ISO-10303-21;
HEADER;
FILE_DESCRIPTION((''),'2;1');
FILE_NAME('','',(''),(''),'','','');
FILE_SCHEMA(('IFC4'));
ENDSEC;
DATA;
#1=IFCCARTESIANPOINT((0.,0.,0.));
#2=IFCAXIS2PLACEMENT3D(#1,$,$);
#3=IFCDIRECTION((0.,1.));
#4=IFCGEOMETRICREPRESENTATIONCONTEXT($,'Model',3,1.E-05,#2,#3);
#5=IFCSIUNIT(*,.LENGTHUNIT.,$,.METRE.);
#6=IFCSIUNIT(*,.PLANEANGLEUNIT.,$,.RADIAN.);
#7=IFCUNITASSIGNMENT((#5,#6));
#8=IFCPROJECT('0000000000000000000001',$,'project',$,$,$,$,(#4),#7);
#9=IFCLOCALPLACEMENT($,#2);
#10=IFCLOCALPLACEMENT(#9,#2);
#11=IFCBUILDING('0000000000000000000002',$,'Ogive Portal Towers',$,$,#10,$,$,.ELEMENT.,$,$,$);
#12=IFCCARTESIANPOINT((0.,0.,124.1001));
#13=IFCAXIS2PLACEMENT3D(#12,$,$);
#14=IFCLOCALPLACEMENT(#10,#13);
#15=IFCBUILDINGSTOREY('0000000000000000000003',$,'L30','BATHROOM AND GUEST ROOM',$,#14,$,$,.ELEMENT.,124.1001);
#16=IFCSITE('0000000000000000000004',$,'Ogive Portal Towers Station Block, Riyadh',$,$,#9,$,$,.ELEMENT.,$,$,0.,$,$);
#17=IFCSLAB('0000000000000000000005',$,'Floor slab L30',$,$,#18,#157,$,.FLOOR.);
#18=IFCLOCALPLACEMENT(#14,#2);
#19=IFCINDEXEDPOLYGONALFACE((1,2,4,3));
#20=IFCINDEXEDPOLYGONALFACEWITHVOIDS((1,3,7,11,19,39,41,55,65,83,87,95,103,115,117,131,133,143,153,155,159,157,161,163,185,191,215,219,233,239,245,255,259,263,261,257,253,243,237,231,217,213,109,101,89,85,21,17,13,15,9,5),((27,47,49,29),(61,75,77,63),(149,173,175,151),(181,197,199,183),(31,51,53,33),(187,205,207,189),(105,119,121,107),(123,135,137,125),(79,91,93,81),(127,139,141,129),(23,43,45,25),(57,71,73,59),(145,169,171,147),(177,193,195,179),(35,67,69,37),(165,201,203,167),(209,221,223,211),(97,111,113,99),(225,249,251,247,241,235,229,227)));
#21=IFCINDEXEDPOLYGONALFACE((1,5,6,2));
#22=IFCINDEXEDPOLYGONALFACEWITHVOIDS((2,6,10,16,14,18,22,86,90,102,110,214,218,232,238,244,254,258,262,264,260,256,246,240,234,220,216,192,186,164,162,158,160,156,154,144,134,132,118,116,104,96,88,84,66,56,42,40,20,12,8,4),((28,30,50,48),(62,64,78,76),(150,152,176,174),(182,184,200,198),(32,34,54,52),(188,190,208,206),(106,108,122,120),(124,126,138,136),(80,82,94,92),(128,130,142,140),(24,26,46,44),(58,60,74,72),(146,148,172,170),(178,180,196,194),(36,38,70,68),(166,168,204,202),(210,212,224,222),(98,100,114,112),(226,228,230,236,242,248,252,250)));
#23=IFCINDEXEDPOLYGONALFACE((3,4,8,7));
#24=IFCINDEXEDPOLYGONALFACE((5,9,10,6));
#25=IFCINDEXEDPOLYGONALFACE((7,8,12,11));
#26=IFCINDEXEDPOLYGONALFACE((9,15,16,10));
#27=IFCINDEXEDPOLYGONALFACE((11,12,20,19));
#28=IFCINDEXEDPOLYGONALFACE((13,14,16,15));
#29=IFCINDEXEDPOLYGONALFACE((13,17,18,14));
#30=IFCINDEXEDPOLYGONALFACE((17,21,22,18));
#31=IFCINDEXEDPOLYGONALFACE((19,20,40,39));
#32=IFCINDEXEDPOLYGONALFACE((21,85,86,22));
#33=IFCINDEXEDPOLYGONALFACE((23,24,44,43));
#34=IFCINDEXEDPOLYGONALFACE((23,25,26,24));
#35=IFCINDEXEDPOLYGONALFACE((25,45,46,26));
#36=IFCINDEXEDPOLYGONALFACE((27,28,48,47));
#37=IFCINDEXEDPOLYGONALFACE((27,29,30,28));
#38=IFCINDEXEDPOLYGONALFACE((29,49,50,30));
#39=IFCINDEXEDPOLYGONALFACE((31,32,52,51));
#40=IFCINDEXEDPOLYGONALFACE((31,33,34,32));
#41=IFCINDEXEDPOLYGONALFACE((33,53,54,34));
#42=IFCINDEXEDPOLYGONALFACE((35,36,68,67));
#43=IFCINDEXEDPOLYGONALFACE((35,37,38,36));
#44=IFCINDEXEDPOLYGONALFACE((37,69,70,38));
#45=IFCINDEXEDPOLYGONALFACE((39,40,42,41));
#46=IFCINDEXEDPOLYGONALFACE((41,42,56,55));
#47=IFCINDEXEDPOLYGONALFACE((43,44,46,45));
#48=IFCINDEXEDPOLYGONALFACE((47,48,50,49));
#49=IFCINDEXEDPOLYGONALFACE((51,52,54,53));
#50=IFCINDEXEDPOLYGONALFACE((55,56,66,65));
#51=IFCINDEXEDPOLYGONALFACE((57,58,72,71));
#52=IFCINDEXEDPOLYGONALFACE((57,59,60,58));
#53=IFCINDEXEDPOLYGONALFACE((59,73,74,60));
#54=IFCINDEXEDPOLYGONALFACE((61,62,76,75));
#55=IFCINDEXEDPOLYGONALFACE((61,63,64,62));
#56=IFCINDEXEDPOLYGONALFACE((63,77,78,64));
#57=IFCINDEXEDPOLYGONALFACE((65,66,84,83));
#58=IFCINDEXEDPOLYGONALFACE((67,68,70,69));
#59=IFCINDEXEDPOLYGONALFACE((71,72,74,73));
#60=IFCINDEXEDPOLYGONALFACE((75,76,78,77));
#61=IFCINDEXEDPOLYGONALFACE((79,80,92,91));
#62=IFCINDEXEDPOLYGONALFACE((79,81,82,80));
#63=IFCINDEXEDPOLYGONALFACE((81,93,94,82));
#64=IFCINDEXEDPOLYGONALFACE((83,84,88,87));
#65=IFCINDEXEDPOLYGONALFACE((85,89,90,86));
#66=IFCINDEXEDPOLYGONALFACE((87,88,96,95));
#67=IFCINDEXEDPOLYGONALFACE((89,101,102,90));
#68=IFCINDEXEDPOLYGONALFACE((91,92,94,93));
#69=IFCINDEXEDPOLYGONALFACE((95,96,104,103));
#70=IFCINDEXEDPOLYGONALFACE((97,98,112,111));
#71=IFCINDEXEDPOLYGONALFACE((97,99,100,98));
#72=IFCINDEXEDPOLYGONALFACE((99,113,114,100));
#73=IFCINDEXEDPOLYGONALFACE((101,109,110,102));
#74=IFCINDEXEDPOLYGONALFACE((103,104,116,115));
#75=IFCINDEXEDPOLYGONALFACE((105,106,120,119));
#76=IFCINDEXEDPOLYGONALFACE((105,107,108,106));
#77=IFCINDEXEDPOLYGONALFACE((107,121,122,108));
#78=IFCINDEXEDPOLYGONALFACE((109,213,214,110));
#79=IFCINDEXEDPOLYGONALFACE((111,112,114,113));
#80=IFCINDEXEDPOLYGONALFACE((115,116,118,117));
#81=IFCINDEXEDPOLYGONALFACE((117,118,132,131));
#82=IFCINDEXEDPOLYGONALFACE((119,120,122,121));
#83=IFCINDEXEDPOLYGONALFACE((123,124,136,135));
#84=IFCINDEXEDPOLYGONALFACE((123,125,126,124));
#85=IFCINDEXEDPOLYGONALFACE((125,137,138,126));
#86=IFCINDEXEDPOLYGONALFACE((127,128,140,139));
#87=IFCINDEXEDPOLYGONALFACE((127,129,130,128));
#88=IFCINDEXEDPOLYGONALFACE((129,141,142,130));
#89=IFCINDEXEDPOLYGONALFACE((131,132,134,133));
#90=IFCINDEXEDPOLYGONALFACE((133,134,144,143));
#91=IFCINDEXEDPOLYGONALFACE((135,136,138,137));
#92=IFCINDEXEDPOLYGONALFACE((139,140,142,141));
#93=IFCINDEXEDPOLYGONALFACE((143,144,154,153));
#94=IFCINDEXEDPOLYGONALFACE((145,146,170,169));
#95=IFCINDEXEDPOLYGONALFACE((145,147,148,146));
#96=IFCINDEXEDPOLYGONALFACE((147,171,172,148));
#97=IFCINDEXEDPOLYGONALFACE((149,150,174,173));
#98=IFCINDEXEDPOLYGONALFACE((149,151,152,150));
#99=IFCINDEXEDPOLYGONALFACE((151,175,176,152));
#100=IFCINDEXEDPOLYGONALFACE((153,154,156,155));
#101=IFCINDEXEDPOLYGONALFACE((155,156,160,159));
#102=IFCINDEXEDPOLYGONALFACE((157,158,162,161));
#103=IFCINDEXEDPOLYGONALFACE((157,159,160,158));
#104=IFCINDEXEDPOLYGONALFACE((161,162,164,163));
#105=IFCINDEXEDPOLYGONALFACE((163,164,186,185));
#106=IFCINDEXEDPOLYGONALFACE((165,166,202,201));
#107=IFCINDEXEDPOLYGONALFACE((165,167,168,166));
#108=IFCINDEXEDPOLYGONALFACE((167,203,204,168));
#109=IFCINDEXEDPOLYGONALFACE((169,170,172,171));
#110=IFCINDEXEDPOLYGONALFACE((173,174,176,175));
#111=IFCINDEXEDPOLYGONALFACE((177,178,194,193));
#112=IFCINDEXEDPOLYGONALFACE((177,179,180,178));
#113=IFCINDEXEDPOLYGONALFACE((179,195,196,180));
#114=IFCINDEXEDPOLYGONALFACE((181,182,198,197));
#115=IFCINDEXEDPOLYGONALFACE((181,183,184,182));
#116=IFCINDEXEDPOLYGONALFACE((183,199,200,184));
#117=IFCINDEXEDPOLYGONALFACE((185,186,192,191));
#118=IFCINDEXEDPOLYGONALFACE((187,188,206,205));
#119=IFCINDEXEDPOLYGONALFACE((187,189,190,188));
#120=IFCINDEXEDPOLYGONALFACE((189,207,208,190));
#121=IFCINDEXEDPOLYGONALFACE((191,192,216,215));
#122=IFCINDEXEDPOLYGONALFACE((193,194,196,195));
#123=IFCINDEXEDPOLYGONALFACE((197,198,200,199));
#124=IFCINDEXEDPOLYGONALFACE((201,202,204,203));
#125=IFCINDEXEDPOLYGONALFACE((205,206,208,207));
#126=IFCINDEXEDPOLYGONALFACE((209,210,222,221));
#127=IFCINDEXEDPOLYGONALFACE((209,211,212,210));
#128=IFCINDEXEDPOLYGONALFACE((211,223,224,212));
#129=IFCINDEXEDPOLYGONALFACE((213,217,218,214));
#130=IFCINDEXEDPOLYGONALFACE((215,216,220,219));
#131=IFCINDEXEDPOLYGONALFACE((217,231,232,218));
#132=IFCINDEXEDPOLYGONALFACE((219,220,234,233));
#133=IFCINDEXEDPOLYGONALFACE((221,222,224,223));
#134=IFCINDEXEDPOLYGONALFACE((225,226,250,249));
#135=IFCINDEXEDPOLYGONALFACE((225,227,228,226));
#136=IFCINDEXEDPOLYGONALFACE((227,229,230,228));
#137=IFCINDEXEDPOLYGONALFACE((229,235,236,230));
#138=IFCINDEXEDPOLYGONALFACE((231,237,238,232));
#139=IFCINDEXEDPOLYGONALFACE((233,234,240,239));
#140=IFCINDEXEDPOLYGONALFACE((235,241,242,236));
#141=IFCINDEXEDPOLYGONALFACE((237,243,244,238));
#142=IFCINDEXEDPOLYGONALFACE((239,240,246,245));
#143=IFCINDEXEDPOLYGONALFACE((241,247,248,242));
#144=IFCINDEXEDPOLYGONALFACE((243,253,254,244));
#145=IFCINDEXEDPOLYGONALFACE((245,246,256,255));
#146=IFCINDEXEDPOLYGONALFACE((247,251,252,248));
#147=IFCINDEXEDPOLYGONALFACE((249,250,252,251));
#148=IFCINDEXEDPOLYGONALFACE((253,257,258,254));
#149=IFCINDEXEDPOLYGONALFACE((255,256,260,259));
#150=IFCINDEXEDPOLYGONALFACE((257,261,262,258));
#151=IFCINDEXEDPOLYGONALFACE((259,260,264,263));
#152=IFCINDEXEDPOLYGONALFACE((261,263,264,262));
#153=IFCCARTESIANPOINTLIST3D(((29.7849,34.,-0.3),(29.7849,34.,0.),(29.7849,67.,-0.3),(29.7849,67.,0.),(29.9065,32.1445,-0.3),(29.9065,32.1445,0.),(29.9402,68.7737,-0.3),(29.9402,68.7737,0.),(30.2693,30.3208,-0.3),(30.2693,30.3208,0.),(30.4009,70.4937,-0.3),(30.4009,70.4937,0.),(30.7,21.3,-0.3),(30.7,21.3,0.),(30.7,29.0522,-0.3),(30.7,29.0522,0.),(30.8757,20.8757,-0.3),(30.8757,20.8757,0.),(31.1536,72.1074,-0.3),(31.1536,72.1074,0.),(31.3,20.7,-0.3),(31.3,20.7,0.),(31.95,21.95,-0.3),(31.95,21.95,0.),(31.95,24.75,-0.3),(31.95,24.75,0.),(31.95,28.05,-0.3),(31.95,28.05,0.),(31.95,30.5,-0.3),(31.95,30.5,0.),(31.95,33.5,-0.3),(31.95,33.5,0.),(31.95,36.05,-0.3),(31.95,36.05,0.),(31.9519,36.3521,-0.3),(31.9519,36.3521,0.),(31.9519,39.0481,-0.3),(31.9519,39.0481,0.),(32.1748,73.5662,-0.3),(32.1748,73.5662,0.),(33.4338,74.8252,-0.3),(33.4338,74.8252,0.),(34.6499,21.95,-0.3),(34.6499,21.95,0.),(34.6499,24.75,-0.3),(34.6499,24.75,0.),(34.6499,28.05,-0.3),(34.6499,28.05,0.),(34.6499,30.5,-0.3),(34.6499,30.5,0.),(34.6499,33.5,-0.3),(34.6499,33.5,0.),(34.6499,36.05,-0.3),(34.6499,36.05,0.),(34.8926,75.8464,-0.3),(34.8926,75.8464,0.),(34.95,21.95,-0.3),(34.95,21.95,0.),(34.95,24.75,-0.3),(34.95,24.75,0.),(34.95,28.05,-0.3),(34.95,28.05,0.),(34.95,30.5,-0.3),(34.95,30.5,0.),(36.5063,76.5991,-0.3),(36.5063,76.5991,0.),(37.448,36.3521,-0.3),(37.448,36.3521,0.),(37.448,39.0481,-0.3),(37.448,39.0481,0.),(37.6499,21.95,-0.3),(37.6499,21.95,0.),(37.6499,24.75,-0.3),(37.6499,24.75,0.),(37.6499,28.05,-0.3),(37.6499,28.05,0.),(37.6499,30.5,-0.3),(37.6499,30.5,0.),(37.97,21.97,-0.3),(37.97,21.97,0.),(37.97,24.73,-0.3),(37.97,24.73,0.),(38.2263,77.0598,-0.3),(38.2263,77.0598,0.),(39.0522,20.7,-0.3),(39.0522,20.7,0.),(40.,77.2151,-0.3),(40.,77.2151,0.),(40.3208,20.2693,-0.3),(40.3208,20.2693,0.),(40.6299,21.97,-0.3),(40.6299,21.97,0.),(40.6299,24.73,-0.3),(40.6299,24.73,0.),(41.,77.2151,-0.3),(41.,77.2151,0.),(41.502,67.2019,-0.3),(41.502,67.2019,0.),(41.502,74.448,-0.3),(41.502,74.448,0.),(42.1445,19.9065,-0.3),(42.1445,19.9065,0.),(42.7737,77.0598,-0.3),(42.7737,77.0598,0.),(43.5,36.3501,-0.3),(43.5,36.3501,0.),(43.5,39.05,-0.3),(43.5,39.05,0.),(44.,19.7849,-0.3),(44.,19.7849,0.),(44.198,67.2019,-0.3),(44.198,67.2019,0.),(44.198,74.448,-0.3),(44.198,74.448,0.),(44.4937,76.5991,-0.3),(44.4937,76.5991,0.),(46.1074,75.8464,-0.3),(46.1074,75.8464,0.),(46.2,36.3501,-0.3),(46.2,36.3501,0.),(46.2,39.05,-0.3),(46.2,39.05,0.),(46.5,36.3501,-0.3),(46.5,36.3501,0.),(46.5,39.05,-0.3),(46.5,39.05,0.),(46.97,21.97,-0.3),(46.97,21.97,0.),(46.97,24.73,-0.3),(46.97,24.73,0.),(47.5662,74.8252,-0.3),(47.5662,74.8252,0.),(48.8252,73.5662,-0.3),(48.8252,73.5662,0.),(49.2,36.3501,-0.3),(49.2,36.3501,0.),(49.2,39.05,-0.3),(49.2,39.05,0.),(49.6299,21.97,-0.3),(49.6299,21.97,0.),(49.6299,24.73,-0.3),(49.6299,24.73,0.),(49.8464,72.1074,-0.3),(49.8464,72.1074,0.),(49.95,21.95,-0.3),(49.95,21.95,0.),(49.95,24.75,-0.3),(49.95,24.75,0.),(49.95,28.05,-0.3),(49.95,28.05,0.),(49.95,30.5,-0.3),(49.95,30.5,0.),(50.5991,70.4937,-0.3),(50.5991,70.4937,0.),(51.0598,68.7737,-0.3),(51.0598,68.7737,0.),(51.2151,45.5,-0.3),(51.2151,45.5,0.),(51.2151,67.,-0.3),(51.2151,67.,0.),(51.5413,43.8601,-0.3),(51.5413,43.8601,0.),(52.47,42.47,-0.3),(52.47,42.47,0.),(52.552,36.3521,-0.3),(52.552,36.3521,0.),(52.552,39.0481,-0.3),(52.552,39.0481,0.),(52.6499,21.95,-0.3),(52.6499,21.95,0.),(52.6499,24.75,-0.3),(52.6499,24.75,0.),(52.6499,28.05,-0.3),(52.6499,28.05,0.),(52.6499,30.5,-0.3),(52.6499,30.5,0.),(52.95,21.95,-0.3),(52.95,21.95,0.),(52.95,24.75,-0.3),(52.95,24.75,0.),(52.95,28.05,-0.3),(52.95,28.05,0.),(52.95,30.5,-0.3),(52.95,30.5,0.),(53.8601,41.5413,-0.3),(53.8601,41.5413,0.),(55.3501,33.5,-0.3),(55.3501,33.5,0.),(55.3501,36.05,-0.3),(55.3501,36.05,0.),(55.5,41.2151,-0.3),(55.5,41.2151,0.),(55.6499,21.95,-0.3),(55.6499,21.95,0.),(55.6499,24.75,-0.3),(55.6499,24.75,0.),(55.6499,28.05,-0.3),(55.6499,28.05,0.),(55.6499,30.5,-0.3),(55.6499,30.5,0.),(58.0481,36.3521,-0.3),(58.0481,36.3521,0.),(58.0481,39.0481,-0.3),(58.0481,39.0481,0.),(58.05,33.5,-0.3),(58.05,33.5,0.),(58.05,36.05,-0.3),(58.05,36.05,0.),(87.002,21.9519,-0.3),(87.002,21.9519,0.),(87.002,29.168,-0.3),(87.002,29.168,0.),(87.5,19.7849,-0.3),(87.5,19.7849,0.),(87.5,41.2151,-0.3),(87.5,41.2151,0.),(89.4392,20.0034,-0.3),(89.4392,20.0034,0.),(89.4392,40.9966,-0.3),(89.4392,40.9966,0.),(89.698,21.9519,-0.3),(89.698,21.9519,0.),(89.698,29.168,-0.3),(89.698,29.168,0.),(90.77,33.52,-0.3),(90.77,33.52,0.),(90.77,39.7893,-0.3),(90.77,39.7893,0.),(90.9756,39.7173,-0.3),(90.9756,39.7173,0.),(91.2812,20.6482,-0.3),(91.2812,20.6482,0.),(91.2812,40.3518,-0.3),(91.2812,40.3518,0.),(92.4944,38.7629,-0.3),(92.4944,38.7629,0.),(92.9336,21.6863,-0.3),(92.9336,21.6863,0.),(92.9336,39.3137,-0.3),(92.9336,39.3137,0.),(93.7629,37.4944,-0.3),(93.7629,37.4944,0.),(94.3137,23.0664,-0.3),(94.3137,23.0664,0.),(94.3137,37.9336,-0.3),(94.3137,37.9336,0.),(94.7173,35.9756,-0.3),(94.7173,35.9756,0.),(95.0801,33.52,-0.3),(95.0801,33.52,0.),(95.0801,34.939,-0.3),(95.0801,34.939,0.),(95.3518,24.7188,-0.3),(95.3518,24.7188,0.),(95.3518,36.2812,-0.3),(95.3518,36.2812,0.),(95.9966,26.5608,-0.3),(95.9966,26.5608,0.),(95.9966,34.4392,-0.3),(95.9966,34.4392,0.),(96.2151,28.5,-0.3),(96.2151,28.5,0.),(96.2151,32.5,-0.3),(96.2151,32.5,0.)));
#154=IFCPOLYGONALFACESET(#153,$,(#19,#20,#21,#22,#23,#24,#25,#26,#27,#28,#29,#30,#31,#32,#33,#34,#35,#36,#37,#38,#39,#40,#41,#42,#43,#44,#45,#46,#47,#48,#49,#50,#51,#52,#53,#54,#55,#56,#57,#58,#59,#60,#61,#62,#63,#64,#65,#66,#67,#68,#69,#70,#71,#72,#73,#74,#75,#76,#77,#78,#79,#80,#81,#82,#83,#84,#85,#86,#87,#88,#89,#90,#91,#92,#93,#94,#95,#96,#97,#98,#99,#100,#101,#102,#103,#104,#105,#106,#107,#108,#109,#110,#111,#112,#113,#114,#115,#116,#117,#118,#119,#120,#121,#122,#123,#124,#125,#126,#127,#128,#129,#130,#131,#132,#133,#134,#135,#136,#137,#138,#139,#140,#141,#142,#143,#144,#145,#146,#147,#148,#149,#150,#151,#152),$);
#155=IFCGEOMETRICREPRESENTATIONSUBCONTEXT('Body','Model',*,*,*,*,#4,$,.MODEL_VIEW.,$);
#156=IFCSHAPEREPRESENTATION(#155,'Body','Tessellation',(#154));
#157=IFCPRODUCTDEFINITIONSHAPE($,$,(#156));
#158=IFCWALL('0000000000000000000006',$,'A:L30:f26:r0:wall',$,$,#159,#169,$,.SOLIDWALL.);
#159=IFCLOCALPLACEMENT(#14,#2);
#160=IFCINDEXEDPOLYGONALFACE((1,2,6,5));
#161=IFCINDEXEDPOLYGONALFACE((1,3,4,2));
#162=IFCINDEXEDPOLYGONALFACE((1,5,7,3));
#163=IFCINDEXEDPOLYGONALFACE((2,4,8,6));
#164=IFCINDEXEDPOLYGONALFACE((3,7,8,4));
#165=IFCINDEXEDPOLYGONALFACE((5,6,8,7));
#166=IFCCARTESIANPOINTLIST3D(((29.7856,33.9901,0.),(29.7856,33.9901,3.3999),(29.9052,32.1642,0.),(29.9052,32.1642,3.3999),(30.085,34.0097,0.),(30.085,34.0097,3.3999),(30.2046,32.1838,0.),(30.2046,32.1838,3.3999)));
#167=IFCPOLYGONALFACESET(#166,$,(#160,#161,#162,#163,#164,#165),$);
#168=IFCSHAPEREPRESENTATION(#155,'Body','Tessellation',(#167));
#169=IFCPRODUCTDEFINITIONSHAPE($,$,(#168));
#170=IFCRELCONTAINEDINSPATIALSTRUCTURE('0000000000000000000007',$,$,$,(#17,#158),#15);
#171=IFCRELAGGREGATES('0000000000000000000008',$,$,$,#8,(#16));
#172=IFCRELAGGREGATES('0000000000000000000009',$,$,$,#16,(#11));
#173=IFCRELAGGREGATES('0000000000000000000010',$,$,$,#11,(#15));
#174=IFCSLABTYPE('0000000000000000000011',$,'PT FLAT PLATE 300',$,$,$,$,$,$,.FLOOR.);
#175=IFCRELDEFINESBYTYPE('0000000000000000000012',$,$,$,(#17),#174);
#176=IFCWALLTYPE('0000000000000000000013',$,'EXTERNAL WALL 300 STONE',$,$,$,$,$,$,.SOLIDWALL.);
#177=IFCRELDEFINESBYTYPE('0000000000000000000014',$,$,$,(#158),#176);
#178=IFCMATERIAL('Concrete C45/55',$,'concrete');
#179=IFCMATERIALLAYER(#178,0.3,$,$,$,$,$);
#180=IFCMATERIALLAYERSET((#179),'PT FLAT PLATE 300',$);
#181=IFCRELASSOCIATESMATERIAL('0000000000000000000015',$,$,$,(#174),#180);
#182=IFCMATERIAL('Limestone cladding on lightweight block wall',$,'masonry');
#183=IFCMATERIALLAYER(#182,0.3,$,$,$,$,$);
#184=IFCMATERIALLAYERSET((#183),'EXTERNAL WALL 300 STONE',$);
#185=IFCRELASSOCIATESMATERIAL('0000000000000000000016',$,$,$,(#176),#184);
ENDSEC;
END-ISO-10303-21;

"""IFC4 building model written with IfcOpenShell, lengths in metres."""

from ifc_helpers import new_model, si_unit, direction, frame, frame_2d, origin, place, context, subcontext, project, spatial, polyline, rectangle, outline, extrude, material, layer, layer_set, type_object, element, save


model = new_model("IFC4")

# Units and contexts
model_context = context("Model", 3, precision=1e-05, world=origin(), true_north=direction((0.0, 1.0)))
body_context = subcontext(model_context, "Body", "Model", "MODEL_VIEW")
ifc_project = project(units=[si_unit("LENGTHUNIT", "METRE"), si_unit("PLANEANGLEUNIT", "RADIAN")], contexts=[model_context])

# Site, building, storey
site_placement = place(None, origin())
site = spatial("IfcSite", under=ifc_project, at=site_placement, Name="Ogive Portal Towers Station Block, Riyadh", CompositionType="ELEMENT", RefElevation=0.0)
building_placement = place(site_placement, origin())
building = spatial("IfcBuilding", under=site, at=building_placement, Name="Ogive Portal Towers", CompositionType="ELEMENT")
storey_placement = place(building_placement, frame((0.0, 0.0, 124.1001)))
storey = spatial("IfcBuildingStorey", under=building, at=storey_placement, Name="L30", Description="BATHROOM AND GUEST ROOM", CompositionType="ELEMENT", Elevation=124.1001)

# Slab
ifc_material_1 = material(Name="Concrete C45/55", Category="concrete")
ifc_layer_1 = layer(ifc_material_1, 0.3)
ifc_layer_set_1 = layer_set([ifc_layer_1], Name="PT FLAT PLATE 300")
slab_type_1 = type_object("IfcSlabType", Name="PT FLAT PLATE 300", PredefinedType="FLOOR", material=ifc_layer_set_1)
slab_1_placement = place(storey_placement, frame((0.0, 0.0, -0.3)))
element("IfcSlab", 1, at=slab_1_placement, inside=storey, type_object=slab_type_1, Name="Floor slab L30", PredefinedType="FLOOR", context=body_context, shape_type="SweptSolid", body=[
    extrude(outline(polyline([(29.9065, 32.1445), (30.2693, 30.3208), (30.7, 29.0522), (30.7, 21.3), (30.8757, 20.8757), (31.3, 20.7), (39.0522, 20.7), (40.3208, 20.2693), (42.1445, 19.9065), (44.0, 19.7849), (87.5, 19.7849), (89.4392, 20.0034), (91.2812, 20.6482), (92.9336, 21.6863), (94.3137, 23.0664), (95.3518, 24.7188), (95.9966, 26.5608), (96.2151, 28.5), (96.2151, 32.5), (95.9966, 34.4392), (95.3518, 36.2812), (94.3137, 37.9336), (92.9336, 39.3137), (91.2812, 40.3518), (89.4392, 40.9966), (87.5, 41.2151), (55.5, 41.2151), (53.8601, 41.5413), (52.47, 42.47), (51.5413, 43.8601), (51.2151, 45.5), (51.2151, 67.0), (51.0598, 68.7737), (50.5991, 70.4937), (49.8464, 72.1074), (48.8252, 73.5662), (47.5662, 74.8252), (46.1074, 75.8464), (44.4937, 76.5991), (42.7737, 77.0598), (41.0, 77.2151), (40.0, 77.2151), (38.2263, 77.0598), (36.5063, 76.5991), (34.8926, 75.8464), (33.4338, 74.8252), (32.1748, 73.5662), (31.1536, 72.1074), (30.4009, 70.4937), (29.9402, 68.7737), (29.7849, 67.0), (29.7849, 34.0), (29.9065, 32.1445)]), holes=[polyline([(34.6499, 24.75), (34.6499, 21.95), (31.95, 21.95), (31.95, 24.75), (34.6499, 24.75)]), polyline([(37.6499, 24.75), (37.6499, 21.95), (34.95, 21.95), (34.95, 24.75), (37.6499, 24.75)]), polyline([(40.6299, 21.97), (37.97, 21.97), (37.97, 24.73), (40.6299, 24.73), (40.6299, 21.97)]), polyline([(34.6499, 30.5), (34.6499, 28.05), (31.95, 28.05), (31.95, 30.5), (34.6499, 30.5)]), polyline([(37.6499, 30.5), (37.6499, 28.05), (34.95, 28.05), (34.95, 30.5), (37.6499, 30.5)]), polyline([(34.6499, 36.05), (34.6499, 33.5), (31.95, 33.5), (31.95, 36.05), (34.6499, 36.05)]), polyline([(31.9519, 39.0481), (37.448, 39.0481), (37.448, 36.3521), (31.9519, 36.3521), (31.9519, 39.0481)]), polyline([(46.2, 36.3501), (43.5, 36.3501), (43.5, 39.05), (46.2, 39.05), (46.2, 36.3501)]), polyline([(49.2, 36.3501), (46.5, 36.3501), (46.5, 39.05), (49.2, 39.05), (49.2, 36.3501)]), polyline([(44.198, 74.448), (44.198, 67.2019), (41.502, 67.2019), (41.502, 74.448), (44.198, 74.448)]), polyline([(49.6299, 21.97), (46.97, 21.97), (46.97, 24.73), (49.6299, 24.73), (49.6299, 21.97)]), polyline([(52.6499, 24.75), (52.6499, 21.95), (49.95, 21.95), (49.95, 24.75), (52.6499, 24.75)]), polyline([(55.6499, 21.95), (52.95, 21.95), (52.95, 24.75), (55.6499, 24.75), (55.6499, 21.95)]), polyline([(87.002, 29.168), (89.698, 29.168), (89.698, 21.9519), (87.002, 21.9519), (87.002, 29.168)]), polyline([(52.6499, 30.5), (52.6499, 28.05), (49.95, 28.05), (49.95, 30.5), (52.6499, 30.5)]), polyline([(55.6499, 30.5), (55.6499, 28.05), (52.95, 28.05), (52.95, 30.5), (55.6499, 30.5)]), polyline([(58.05, 36.05), (58.05, 33.5), (55.3501, 33.5), (55.3501, 36.05), (58.05, 36.05)]), polyline([(94.7173, 35.9756), (95.0801, 34.939), (95.0801, 33.52), (90.77, 33.52), (90.77, 39.7893), (90.9756, 39.7173), (92.4944, 38.7629), (93.7629, 37.4944), (94.7173, 35.9756)]), polyline([(52.552, 36.3521), (52.552, 39.0481), (58.0481, 39.0481), (58.0481, 36.3521), (52.552, 36.3521)])]), origin(), (0.0, 0.0, 1.0), 0.3),
])

# Wall
ifc_material_2 = material(Name="Limestone cladding on lightweight block wall", Category="masonry")
ifc_layer_2 = layer(ifc_material_2, 0.3)
ifc_layer_set_2 = layer_set([ifc_layer_2], Name="EXTERNAL WALL 300 STONE")
wall_type = type_object("IfcWallType", Name="EXTERNAL WALL 300 STONE", PredefinedType="SOLIDWALL", material=ifc_layer_set_2)
wall_1_placement = place(storey_placement, frame((29.9353, 34.0, 0.0), z_axis=(0.0, 0.0, 1.0), x_axis=(0.065377, -0.997861, 0.0)))
element("IfcWall", 2, at=wall_1_placement, inside=storey, type_object=wall_type, Name="A:L30:f26:r0:wall", PredefinedType="SOLIDWALL", context=body_context, shape_type="SweptSolid", body=[
    extrude(rectangle(XDim=1.8298, YDim=0.3, at=frame_2d((0.915, 0.0))), origin(), (0.0, 0.0, 1.0), 3.3999),
])

save(model, "model.ifc")
